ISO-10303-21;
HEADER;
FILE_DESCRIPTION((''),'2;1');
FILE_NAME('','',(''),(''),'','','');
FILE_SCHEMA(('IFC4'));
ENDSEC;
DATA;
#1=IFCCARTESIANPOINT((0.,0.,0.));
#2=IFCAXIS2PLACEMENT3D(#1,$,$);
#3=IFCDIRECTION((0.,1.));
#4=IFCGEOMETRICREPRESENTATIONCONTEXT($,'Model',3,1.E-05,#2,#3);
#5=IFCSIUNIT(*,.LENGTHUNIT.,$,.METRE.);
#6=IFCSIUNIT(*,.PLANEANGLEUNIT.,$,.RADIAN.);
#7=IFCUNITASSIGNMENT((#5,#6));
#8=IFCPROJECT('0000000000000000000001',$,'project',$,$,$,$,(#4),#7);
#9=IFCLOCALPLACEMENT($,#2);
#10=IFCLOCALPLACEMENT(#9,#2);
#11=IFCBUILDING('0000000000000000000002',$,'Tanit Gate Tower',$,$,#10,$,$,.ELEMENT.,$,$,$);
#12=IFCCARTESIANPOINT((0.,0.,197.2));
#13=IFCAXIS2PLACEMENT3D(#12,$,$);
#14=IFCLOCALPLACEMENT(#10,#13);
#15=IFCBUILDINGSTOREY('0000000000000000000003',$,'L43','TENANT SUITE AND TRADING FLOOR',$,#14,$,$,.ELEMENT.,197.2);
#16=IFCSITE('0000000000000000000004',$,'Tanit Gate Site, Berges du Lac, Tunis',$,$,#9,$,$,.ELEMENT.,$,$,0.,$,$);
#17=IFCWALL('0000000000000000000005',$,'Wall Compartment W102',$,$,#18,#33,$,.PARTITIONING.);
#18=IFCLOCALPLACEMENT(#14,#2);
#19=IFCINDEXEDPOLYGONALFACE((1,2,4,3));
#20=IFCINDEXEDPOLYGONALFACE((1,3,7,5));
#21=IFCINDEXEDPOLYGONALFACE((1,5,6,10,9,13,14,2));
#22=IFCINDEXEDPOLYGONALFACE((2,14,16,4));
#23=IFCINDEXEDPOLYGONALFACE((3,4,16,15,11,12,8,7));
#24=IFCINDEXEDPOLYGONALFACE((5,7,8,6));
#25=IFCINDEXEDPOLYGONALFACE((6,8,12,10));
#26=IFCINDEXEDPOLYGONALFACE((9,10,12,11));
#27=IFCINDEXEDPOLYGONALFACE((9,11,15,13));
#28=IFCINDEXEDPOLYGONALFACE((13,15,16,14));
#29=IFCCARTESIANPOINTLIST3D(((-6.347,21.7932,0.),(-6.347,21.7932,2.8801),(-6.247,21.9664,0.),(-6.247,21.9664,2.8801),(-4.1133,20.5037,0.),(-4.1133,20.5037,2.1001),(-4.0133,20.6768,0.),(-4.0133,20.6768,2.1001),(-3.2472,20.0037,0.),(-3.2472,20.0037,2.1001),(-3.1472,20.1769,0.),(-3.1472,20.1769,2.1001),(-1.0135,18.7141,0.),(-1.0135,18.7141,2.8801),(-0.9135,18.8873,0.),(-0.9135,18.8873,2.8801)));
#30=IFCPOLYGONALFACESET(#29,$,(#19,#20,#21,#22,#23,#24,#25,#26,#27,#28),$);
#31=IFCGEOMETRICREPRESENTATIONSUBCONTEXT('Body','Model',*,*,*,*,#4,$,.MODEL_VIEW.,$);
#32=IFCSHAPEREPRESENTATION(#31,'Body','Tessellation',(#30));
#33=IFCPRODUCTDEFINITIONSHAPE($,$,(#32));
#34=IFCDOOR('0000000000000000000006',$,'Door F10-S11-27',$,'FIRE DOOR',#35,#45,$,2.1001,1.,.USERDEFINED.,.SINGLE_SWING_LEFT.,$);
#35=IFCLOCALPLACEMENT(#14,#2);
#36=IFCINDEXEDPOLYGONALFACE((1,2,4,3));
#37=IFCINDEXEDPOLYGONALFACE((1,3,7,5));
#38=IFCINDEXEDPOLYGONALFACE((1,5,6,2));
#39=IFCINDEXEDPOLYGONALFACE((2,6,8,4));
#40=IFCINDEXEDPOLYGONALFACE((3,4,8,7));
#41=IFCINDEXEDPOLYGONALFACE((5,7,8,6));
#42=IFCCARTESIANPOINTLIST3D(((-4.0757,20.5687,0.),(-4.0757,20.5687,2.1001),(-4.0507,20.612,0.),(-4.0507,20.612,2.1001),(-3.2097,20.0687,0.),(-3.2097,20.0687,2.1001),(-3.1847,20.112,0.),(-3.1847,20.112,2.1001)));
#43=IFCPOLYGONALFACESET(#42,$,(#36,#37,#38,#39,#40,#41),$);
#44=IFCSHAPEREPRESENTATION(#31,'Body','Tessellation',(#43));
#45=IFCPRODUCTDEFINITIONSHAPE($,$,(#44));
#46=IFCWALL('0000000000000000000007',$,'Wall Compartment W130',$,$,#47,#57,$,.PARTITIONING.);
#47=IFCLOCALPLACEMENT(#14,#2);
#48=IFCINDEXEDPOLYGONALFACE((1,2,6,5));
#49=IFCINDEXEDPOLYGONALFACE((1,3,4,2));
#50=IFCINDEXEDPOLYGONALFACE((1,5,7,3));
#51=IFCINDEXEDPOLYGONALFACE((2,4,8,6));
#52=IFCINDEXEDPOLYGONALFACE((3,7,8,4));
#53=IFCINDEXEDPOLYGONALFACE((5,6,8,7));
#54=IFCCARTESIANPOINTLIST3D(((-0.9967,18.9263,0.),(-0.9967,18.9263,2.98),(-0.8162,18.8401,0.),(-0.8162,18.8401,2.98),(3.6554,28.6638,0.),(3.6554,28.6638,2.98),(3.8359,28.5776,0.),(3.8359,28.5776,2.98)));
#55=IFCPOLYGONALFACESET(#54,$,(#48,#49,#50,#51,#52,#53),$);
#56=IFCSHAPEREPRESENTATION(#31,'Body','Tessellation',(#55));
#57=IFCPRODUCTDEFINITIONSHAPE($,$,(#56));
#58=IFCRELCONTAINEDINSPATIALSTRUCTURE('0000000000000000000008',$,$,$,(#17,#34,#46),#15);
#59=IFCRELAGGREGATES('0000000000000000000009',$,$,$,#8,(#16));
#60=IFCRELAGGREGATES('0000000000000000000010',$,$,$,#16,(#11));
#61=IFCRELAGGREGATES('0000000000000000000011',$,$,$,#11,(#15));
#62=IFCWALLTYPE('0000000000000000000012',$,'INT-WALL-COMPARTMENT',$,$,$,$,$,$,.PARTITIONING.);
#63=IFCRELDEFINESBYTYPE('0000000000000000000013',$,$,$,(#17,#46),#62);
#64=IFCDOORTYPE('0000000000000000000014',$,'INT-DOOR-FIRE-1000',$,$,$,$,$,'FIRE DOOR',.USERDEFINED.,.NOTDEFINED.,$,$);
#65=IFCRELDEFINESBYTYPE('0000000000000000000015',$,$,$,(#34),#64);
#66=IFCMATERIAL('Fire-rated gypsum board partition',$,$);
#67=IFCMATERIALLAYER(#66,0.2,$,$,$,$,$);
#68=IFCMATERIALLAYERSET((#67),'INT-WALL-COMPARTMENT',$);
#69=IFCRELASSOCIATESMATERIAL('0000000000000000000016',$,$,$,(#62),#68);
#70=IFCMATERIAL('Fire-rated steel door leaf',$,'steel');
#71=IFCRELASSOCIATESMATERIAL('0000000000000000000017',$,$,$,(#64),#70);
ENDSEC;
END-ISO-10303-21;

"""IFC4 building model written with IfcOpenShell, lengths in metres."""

from ifc_helpers import new_model, si_unit, direction, frame, frame_2d, origin, place, context, subcontext, project, spatial, rectangle, extrude, material, layer, layer_set, type_object, element, fill, save


model = new_model("IFC4")

# Units and contexts
model_context = context("Model", 3, precision=1e-05, world=origin(), true_north=direction((0.0, 1.0)))
body_context = subcontext(model_context, "Body", "Model", "MODEL_VIEW")
ifc_project = project(units=[si_unit("LENGTHUNIT", "METRE"), si_unit("PLANEANGLEUNIT", "RADIAN")], contexts=[model_context])

# Site, building, storey
site_placement = place(None, origin())
site = spatial("IfcSite", under=ifc_project, at=site_placement, Name="Tanit Gate Site, Berges du Lac, Tunis", CompositionType="ELEMENT", RefElevation=0.0)
building_placement = place(site_placement, origin())
building = spatial("IfcBuilding", under=site, at=building_placement, Name="Tanit Gate Tower", CompositionType="ELEMENT")
storey_placement = place(building_placement, frame((0.0, 0.0, 197.2)))
storey = spatial("IfcBuildingStorey", under=building, at=storey_placement, Name="L43", Description="TENANT SUITE AND TRADING FLOOR", CompositionType="ELEMENT", Elevation=197.2)

# Shared definitions
ifc_material_1 = material(Name="Fire-rated gypsum board partition")
ifc_layer_1 = layer(ifc_material_1, 0.2)
ifc_layer_set_1 = layer_set([ifc_layer_1], Name="INT-WALL-COMPARTMENT")
wall_type = type_object("IfcWallType", Name="INT-WALL-COMPARTMENT", PredefinedType="PARTITIONING", material=ifc_layer_set_1)

# Wall, opening, door
wall_1_placement = place(storey_placement, frame((-0.9636, 18.8008, 0.0), z_axis=(0.0, 0.0, 1.0), x_axis=(-0.866039, 0.499976, 0.0)))
wall_1 = element("IfcWall", 1, at=wall_1_placement, inside=storey, type_object=wall_type, Name="Wall Compartment W102", PredefinedType="PARTITIONING", context=body_context, shape_type="SweptSolid", body=[
    extrude(rectangle(XDim=6.1584, YDim=0.2, at=frame_2d((3.0791, 0.0))), origin(), (0.0, 0.0, 1.0), 2.8801),
])
opening_1_placement = place(wall_1_placement, frame((2.5791, 0.0, 0.0)))
opening_1 = element("IfcOpeningElement", 2, at=opening_1_placement, cuts=wall_1, PredefinedType="OPENING", context=body_context, shape_type="SweptSolid", body=[
    extrude(rectangle(XDim=1.0, YDim=2.1001, at=frame_2d((0.5, 1.05))), frame((0.0, 0.1099, 0.0), z_axis=(0.0, -1.0, 0.0), x_axis=(1.0, 0.0, 0.0)), (0.0, 0.0, 1.0), 0.22),
])
ifc_material_2 = material(Name="Fire-rated steel door leaf", Category="steel")
door_type_1 = type_object("IfcDoorType", Name="INT-DOOR-FIRE-1000", ElementType="FIRE DOOR", OperationType="NOTDEFINED", PredefinedType="USERDEFINED", material=ifc_material_2)
door_1_placement = place(opening_1_placement, origin())
door_1 = element("IfcDoor", 3, at=door_1_placement, inside=storey, type_object=door_type_1, Name="Door F10-S11-27", ObjectType="FIRE DOOR", OperationType="SINGLE_SWING_LEFT", OverallHeight=2.1001, OverallWidth=1.0, PredefinedType="USERDEFINED", context=body_context, shape_type="SweptSolid", body=[
    extrude(rectangle(XDim=1.0, YDim=2.1001, at=frame_2d((0.5, 1.05))), frame((0.0, 0.0249, 0.0), z_axis=(0.0, -1.0, 0.0), x_axis=(1.0, 0.0, 0.0)), (0.0, 0.0, 1.0), 0.05),
])
fill(opening_1, door_1)

# Wall
wall_2_placement = place(storey_placement, frame((-0.9065, 18.8831, 0.0), z_axis=(0.0, 0.0, 1.0), x_axis=(0.431079, 0.902314, 0.0)))
element("IfcWall", 4, at=wall_2_placement, inside=storey, type_object=wall_type, Name="Wall Compartment W130", PredefinedType="PARTITIONING", context=body_context, shape_type="SweptSolid", body=[
    extrude(rectangle(XDim=10.7917, YDim=0.2, at=frame_2d((5.396, 0.0))), origin(), (0.0, 0.0, 1.0), 2.98),
])

save(model, "model.ifc")
